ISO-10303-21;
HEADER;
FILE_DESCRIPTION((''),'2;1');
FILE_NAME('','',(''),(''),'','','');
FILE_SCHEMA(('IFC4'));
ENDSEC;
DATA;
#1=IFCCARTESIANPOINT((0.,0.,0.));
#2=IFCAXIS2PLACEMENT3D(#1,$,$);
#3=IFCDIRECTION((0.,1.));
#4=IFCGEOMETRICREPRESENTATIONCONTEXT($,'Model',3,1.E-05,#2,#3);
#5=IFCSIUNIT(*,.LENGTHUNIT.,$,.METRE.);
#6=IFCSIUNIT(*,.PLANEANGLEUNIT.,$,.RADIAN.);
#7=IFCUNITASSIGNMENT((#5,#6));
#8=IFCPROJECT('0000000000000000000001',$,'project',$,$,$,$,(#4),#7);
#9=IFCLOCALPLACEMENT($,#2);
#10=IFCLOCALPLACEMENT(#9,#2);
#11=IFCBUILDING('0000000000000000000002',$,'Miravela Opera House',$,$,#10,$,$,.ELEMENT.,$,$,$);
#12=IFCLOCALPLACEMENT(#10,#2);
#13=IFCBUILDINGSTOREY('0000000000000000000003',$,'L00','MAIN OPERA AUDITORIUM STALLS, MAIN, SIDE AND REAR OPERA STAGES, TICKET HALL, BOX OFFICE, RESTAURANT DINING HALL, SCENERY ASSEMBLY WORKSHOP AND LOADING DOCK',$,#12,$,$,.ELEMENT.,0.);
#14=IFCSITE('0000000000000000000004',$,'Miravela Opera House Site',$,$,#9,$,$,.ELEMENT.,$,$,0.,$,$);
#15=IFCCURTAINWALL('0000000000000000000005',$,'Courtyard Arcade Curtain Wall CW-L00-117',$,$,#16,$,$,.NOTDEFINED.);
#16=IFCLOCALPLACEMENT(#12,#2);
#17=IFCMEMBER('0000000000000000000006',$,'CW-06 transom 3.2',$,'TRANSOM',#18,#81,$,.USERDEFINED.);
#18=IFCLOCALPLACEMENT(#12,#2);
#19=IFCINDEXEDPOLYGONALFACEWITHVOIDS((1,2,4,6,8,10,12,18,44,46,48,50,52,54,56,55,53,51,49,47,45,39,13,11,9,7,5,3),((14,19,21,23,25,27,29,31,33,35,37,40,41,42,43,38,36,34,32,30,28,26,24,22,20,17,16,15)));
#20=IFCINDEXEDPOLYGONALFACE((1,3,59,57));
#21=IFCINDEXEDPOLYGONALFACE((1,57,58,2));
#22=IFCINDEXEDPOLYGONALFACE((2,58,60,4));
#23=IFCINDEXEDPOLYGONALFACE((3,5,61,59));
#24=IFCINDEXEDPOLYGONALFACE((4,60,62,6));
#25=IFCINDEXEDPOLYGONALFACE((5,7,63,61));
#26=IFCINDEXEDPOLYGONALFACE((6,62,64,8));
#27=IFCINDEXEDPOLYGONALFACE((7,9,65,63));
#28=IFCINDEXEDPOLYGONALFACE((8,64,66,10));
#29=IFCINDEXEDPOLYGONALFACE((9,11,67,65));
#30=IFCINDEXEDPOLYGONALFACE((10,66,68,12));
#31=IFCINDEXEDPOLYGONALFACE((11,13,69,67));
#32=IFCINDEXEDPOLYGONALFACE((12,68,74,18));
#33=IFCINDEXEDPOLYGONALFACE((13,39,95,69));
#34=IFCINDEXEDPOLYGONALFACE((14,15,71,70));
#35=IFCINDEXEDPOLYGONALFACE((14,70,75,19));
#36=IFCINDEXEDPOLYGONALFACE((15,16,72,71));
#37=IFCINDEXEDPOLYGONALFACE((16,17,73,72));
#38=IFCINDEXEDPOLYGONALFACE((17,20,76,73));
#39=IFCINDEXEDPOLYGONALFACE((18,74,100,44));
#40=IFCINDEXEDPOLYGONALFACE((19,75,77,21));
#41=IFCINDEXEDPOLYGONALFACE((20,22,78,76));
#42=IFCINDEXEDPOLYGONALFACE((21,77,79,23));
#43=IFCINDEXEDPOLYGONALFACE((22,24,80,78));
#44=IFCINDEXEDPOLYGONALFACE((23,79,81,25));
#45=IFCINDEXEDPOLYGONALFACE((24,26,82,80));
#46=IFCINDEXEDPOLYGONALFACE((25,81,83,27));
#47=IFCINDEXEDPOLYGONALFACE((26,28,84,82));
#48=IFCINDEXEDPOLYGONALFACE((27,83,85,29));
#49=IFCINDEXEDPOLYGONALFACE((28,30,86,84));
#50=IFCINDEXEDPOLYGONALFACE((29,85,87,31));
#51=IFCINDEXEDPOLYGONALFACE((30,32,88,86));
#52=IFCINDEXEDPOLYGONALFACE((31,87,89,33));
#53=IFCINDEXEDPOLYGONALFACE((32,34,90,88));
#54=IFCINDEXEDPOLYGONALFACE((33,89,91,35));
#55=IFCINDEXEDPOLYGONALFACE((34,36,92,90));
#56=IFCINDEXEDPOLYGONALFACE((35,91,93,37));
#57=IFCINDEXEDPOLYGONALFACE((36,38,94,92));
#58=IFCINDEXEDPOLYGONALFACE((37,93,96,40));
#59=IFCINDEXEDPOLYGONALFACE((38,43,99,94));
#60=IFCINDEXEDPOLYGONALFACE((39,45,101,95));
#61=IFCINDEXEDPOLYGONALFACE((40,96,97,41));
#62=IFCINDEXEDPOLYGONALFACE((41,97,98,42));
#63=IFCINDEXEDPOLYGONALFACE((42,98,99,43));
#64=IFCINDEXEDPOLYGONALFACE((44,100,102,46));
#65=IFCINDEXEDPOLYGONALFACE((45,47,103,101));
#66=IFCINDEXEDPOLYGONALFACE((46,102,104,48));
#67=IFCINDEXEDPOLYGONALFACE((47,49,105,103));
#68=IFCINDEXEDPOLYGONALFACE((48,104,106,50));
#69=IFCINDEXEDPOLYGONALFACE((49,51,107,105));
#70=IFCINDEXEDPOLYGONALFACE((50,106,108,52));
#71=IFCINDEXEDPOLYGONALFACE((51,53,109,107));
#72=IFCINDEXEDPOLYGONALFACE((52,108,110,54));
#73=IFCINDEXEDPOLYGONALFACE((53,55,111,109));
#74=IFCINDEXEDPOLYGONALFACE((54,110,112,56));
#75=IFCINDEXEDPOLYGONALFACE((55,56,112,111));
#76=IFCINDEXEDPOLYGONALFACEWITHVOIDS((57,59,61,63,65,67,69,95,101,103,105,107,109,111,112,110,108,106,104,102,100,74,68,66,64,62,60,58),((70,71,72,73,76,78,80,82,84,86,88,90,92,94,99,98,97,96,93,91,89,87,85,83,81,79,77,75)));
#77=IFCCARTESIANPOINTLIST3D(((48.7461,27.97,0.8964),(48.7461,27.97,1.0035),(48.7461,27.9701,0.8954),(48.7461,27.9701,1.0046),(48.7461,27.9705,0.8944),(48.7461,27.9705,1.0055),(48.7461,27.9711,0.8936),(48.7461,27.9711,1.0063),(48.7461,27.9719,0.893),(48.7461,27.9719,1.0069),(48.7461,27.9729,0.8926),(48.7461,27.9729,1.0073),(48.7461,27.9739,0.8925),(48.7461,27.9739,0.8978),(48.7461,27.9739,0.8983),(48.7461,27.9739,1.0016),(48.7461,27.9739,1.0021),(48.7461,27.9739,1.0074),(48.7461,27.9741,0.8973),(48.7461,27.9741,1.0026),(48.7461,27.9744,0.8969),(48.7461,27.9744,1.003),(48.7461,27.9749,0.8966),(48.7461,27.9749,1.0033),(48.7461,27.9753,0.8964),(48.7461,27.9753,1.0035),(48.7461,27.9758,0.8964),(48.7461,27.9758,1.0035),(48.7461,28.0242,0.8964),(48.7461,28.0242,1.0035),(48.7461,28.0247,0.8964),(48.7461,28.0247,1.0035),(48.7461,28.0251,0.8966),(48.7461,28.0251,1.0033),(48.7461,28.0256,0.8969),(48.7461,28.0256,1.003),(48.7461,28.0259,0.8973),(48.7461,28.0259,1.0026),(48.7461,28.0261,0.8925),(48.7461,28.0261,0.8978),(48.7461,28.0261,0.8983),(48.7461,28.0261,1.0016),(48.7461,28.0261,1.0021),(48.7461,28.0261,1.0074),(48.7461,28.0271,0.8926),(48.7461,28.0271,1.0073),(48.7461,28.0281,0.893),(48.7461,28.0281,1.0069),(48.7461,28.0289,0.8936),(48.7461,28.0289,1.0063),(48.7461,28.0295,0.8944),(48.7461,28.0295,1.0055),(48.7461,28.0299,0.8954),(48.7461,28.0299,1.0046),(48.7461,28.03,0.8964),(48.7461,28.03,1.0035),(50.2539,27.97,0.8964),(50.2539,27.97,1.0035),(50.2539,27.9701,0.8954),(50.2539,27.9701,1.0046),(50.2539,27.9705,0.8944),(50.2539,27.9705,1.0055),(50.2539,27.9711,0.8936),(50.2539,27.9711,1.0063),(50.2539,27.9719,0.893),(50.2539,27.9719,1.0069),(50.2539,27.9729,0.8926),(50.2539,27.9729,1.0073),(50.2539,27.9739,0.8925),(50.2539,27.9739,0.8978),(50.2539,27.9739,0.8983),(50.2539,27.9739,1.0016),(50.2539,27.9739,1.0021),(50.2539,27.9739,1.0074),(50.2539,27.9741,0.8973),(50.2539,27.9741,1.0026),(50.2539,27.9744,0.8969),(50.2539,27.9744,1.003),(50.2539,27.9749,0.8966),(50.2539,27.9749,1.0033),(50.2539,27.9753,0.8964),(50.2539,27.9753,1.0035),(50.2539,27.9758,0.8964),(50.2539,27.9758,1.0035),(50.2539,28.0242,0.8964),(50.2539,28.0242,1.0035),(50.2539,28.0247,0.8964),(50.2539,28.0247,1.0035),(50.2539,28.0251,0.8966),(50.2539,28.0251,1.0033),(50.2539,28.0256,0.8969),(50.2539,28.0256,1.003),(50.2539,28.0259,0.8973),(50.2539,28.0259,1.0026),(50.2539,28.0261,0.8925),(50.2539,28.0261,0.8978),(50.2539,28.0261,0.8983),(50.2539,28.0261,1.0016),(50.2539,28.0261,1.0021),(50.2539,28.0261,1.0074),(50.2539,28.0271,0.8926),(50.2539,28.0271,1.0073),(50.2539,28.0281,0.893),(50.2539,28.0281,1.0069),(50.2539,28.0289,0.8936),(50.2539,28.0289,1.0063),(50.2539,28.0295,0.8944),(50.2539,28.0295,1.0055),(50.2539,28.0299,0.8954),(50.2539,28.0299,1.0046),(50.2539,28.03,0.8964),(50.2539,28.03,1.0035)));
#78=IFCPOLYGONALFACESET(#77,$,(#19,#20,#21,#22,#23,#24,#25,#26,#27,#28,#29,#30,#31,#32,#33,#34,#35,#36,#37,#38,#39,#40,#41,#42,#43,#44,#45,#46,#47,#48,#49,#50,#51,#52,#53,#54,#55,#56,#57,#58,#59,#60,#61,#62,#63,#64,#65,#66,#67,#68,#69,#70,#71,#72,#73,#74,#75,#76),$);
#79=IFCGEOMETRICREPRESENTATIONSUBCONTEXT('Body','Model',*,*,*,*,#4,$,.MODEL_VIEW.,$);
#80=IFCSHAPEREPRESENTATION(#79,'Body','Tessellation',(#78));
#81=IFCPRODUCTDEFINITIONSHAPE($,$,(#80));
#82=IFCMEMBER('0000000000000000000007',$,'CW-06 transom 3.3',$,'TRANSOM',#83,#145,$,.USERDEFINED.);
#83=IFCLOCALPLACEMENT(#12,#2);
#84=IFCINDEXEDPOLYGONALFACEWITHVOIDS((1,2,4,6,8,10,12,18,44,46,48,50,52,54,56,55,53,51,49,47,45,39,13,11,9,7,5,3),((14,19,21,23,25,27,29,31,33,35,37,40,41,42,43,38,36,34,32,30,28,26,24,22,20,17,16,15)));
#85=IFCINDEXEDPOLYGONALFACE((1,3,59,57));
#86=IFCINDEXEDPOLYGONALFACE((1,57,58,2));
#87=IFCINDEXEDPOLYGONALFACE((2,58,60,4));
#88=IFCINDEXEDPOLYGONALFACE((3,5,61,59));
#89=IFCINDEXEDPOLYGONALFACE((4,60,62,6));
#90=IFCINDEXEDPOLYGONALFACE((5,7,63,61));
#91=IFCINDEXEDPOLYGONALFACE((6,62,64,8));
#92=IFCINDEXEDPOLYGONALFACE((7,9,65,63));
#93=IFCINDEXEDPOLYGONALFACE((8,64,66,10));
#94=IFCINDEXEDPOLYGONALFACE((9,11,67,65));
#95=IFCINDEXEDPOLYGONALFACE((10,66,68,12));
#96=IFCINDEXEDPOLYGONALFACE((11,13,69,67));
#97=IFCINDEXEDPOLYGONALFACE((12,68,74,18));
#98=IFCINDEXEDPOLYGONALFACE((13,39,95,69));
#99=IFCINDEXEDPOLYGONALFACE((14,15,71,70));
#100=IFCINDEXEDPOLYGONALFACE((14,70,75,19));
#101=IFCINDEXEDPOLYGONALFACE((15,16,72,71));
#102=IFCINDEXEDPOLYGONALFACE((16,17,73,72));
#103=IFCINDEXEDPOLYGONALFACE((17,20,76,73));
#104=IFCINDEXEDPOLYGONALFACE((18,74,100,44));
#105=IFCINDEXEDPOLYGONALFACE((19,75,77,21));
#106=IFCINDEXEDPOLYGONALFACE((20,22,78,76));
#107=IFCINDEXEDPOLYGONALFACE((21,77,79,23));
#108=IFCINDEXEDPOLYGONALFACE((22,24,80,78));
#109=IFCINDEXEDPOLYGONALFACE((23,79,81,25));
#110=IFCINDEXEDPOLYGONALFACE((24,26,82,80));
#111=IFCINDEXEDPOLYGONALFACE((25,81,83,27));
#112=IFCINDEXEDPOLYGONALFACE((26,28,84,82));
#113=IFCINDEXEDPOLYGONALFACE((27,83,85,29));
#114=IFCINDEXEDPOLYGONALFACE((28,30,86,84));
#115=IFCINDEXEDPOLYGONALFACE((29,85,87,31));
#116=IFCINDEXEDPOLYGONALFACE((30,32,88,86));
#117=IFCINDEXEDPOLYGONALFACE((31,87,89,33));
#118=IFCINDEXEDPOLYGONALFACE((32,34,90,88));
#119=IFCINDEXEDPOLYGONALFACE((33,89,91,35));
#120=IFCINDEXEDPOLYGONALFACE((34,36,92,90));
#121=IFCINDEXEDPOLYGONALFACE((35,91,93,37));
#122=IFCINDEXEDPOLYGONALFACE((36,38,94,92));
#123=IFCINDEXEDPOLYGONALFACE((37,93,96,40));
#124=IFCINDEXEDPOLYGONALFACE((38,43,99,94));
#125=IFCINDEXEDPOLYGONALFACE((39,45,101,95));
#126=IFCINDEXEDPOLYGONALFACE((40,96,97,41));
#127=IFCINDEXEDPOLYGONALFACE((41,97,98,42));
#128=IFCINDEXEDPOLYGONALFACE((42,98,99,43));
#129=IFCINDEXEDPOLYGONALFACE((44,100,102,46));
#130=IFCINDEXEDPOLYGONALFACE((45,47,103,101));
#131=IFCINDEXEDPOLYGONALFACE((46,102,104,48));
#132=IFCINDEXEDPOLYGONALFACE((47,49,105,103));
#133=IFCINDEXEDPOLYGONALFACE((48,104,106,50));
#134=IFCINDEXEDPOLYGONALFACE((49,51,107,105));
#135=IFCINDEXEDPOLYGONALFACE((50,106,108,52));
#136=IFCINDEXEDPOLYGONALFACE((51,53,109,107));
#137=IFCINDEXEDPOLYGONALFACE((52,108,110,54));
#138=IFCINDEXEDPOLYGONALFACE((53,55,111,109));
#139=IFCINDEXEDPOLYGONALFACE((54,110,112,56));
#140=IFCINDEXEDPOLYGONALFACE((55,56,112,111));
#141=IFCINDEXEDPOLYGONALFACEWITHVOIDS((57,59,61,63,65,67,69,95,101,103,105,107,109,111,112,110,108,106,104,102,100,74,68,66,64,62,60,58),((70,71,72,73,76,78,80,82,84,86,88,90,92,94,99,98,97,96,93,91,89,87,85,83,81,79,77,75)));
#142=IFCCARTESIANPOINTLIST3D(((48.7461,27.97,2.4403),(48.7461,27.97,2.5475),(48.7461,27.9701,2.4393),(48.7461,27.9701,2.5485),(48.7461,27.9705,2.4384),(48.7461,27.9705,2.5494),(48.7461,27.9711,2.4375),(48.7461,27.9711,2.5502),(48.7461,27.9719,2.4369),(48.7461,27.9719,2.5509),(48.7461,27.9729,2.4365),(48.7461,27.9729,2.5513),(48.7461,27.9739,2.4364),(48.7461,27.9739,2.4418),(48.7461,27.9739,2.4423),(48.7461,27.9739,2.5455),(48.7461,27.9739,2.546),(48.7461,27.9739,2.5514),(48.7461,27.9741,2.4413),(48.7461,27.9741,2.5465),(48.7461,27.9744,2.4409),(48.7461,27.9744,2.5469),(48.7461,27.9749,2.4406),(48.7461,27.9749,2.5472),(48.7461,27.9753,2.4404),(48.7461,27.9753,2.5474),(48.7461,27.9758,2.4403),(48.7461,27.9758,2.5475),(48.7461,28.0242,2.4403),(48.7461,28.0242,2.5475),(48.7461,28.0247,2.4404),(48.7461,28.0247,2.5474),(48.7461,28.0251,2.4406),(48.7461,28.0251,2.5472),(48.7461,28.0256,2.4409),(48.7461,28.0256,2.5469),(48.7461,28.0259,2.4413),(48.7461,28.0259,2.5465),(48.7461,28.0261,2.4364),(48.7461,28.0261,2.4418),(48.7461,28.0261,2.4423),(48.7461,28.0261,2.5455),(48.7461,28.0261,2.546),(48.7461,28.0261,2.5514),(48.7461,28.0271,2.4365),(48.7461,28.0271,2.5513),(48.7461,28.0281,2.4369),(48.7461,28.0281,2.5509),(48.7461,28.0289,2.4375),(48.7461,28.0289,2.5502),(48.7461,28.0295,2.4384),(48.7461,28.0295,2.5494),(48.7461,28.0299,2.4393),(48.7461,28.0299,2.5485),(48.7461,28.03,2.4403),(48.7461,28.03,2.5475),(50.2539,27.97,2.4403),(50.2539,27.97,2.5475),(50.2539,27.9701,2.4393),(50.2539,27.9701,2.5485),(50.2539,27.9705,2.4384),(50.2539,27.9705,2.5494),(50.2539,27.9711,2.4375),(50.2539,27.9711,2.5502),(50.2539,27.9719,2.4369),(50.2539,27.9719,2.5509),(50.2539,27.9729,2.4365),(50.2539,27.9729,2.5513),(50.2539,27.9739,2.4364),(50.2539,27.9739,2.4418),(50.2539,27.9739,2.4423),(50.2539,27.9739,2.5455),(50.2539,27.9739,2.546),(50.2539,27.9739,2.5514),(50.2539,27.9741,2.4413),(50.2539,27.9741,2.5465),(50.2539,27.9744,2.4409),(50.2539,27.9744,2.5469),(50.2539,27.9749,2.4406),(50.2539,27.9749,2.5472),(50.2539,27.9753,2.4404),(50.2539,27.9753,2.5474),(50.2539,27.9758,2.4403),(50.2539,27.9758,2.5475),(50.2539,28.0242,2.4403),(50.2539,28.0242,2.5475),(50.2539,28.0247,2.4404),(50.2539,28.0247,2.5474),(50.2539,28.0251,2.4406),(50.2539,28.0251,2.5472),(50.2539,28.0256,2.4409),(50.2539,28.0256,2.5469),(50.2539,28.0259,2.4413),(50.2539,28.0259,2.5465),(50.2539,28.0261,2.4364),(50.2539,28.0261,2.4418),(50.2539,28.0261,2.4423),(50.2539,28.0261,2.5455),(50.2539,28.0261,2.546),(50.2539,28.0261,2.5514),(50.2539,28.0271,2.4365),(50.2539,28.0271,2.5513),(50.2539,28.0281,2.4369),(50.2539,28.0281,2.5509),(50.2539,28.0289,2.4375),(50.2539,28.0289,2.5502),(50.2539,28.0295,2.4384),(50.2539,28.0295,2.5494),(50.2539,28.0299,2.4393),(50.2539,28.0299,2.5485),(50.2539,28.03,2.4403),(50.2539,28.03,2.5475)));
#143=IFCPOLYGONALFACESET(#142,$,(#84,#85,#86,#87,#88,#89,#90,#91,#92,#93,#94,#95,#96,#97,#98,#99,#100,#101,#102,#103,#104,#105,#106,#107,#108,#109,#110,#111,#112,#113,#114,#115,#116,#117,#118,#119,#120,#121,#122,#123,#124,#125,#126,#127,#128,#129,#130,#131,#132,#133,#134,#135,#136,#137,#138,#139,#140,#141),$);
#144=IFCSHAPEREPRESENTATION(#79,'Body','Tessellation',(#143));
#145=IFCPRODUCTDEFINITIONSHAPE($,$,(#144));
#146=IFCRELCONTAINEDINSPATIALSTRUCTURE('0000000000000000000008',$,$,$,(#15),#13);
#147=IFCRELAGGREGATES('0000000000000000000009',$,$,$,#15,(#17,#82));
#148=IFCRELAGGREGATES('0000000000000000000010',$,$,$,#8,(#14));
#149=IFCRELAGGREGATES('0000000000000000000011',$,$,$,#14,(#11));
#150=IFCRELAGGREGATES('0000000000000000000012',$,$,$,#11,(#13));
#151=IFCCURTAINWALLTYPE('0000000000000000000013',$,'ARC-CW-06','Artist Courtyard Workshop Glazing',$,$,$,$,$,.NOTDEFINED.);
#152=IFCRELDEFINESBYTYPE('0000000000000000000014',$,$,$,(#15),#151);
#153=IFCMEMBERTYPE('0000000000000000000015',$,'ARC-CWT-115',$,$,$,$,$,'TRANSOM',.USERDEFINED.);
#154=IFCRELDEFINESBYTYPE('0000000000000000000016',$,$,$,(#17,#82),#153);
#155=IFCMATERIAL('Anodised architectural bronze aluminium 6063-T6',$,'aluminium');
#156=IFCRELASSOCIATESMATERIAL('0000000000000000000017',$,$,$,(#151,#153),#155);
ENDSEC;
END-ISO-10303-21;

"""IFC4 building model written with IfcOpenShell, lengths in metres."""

from ifc_helpers import new_model, si_unit, direction, frame, origin, origin_2d, place, context, subcontext, project, spatial, hollow_rectangle, extrude, material, material_profile, profile_set, type_object, element, aggregate, save


model = new_model("IFC4")

# Units and contexts
model_context = context("Model", 3, precision=1e-05, world=origin(), true_north=direction((0.0, 1.0)))
body_context = subcontext(model_context, "Body", "Model", "MODEL_VIEW")
ifc_project = project(units=[si_unit("LENGTHUNIT", "METRE"), si_unit("PLANEANGLEUNIT", "RADIAN")], contexts=[model_context])

# Site, building, storey
site_placement = place(None, origin())
site = spatial("IfcSite", under=ifc_project, at=site_placement, Name="Miravela Opera House Site", CompositionType="ELEMENT", RefElevation=0.0)
building_placement = place(site_placement, origin())
building = spatial("IfcBuilding", under=site, at=building_placement, Name="Miravela Opera House", CompositionType="ELEMENT")
storey_placement = place(building_placement, origin())
storey = spatial("IfcBuildingStorey", under=building, at=storey_placement, Name="L00", Description="MAIN OPERA AUDITORIUM STALLS, MAIN, SIDE AND REAR OPERA STAGES, TICKET HALL, BOX OFFICE, RESTAURANT DINING HALL, SCENERY ASSEMBLY WORKSHOP AND LOADING DOCK", CompositionType="ELEMENT", Elevation=0.0)

# Curtain wall, members
ifc_material_1 = material(Name="Anodised architectural bronze aluminium 6063-T6", Category="aluminium")
curtain_wall_type = type_object("IfcCurtainWallType", Name="ARC-CW-06", Description="Artist Courtyard Workshop Glazing", PredefinedType="NOTDEFINED", material=ifc_material_1)
curtain_wall_placement = place(storey_placement, origin())
curtain_wall = element("IfcCurtainWall", 1, at=curtain_wall_placement, inside=storey, type_object=curtain_wall_type, Name="Courtyard Arcade Curtain Wall CW-L00-117", PredefinedType="NOTDEFINED")
ifc_material_profile_1 = material_profile(ifc_material_1, hollow_rectangle(XDim=0.0601, YDim=0.115, WallThickness=0.0039, InnerFilletRadius=0.002, OuterFilletRadius=0.0039, at=origin_2d()), Name="CWT-60X115")
ifc_profile_set_1 = profile_set([ifc_material_profile_1])
member_type_1 = type_object("IfcMemberType", Name="ARC-CWT-115", ElementType="TRANSOM", PredefinedType="USERDEFINED", material=ifc_profile_set_1)
member_1_placement = place(storey_placement, frame((48.7461, 28.0, 0.95), z_axis=(1.0, 0.0, 0.0), x_axis=(0.0, 1.0, 0.0)))
member_1 = element("IfcMember", 2, at=member_1_placement, type_object=member_type_1, Name="CW-06 transom 3.2", ObjectType="TRANSOM", PredefinedType="USERDEFINED", context=body_context, shape_type="SweptSolid", body=[
    extrude(hollow_rectangle(XDim=0.0601, YDim=0.115, WallThickness=0.0039, InnerFilletRadius=0.002, OuterFilletRadius=0.0039, at=origin_2d()), origin(), (0.0, 0.0, 1.0), 1.5078),
])
member_2_placement = place(storey_placement, frame((48.7461, 28.0, 2.4939), z_axis=(1.0, 0.0, 0.0), x_axis=(0.0, 1.0, 0.0)))
member_2 = element("IfcMember", 3, at=member_2_placement, type_object=member_type_1, Name="CW-06 transom 3.3", ObjectType="TRANSOM", PredefinedType="USERDEFINED", context=body_context, shape_type="SweptSolid", body=[
    extrude(hollow_rectangle(XDim=0.0601, YDim=0.115, WallThickness=0.0039, InnerFilletRadius=0.002, OuterFilletRadius=0.0039, at=origin_2d()), origin(), (0.0, 0.0, 1.0), 1.5078),
])
aggregate(curtain_wall, [member_1, member_2])

save(model, "model.ifc")
